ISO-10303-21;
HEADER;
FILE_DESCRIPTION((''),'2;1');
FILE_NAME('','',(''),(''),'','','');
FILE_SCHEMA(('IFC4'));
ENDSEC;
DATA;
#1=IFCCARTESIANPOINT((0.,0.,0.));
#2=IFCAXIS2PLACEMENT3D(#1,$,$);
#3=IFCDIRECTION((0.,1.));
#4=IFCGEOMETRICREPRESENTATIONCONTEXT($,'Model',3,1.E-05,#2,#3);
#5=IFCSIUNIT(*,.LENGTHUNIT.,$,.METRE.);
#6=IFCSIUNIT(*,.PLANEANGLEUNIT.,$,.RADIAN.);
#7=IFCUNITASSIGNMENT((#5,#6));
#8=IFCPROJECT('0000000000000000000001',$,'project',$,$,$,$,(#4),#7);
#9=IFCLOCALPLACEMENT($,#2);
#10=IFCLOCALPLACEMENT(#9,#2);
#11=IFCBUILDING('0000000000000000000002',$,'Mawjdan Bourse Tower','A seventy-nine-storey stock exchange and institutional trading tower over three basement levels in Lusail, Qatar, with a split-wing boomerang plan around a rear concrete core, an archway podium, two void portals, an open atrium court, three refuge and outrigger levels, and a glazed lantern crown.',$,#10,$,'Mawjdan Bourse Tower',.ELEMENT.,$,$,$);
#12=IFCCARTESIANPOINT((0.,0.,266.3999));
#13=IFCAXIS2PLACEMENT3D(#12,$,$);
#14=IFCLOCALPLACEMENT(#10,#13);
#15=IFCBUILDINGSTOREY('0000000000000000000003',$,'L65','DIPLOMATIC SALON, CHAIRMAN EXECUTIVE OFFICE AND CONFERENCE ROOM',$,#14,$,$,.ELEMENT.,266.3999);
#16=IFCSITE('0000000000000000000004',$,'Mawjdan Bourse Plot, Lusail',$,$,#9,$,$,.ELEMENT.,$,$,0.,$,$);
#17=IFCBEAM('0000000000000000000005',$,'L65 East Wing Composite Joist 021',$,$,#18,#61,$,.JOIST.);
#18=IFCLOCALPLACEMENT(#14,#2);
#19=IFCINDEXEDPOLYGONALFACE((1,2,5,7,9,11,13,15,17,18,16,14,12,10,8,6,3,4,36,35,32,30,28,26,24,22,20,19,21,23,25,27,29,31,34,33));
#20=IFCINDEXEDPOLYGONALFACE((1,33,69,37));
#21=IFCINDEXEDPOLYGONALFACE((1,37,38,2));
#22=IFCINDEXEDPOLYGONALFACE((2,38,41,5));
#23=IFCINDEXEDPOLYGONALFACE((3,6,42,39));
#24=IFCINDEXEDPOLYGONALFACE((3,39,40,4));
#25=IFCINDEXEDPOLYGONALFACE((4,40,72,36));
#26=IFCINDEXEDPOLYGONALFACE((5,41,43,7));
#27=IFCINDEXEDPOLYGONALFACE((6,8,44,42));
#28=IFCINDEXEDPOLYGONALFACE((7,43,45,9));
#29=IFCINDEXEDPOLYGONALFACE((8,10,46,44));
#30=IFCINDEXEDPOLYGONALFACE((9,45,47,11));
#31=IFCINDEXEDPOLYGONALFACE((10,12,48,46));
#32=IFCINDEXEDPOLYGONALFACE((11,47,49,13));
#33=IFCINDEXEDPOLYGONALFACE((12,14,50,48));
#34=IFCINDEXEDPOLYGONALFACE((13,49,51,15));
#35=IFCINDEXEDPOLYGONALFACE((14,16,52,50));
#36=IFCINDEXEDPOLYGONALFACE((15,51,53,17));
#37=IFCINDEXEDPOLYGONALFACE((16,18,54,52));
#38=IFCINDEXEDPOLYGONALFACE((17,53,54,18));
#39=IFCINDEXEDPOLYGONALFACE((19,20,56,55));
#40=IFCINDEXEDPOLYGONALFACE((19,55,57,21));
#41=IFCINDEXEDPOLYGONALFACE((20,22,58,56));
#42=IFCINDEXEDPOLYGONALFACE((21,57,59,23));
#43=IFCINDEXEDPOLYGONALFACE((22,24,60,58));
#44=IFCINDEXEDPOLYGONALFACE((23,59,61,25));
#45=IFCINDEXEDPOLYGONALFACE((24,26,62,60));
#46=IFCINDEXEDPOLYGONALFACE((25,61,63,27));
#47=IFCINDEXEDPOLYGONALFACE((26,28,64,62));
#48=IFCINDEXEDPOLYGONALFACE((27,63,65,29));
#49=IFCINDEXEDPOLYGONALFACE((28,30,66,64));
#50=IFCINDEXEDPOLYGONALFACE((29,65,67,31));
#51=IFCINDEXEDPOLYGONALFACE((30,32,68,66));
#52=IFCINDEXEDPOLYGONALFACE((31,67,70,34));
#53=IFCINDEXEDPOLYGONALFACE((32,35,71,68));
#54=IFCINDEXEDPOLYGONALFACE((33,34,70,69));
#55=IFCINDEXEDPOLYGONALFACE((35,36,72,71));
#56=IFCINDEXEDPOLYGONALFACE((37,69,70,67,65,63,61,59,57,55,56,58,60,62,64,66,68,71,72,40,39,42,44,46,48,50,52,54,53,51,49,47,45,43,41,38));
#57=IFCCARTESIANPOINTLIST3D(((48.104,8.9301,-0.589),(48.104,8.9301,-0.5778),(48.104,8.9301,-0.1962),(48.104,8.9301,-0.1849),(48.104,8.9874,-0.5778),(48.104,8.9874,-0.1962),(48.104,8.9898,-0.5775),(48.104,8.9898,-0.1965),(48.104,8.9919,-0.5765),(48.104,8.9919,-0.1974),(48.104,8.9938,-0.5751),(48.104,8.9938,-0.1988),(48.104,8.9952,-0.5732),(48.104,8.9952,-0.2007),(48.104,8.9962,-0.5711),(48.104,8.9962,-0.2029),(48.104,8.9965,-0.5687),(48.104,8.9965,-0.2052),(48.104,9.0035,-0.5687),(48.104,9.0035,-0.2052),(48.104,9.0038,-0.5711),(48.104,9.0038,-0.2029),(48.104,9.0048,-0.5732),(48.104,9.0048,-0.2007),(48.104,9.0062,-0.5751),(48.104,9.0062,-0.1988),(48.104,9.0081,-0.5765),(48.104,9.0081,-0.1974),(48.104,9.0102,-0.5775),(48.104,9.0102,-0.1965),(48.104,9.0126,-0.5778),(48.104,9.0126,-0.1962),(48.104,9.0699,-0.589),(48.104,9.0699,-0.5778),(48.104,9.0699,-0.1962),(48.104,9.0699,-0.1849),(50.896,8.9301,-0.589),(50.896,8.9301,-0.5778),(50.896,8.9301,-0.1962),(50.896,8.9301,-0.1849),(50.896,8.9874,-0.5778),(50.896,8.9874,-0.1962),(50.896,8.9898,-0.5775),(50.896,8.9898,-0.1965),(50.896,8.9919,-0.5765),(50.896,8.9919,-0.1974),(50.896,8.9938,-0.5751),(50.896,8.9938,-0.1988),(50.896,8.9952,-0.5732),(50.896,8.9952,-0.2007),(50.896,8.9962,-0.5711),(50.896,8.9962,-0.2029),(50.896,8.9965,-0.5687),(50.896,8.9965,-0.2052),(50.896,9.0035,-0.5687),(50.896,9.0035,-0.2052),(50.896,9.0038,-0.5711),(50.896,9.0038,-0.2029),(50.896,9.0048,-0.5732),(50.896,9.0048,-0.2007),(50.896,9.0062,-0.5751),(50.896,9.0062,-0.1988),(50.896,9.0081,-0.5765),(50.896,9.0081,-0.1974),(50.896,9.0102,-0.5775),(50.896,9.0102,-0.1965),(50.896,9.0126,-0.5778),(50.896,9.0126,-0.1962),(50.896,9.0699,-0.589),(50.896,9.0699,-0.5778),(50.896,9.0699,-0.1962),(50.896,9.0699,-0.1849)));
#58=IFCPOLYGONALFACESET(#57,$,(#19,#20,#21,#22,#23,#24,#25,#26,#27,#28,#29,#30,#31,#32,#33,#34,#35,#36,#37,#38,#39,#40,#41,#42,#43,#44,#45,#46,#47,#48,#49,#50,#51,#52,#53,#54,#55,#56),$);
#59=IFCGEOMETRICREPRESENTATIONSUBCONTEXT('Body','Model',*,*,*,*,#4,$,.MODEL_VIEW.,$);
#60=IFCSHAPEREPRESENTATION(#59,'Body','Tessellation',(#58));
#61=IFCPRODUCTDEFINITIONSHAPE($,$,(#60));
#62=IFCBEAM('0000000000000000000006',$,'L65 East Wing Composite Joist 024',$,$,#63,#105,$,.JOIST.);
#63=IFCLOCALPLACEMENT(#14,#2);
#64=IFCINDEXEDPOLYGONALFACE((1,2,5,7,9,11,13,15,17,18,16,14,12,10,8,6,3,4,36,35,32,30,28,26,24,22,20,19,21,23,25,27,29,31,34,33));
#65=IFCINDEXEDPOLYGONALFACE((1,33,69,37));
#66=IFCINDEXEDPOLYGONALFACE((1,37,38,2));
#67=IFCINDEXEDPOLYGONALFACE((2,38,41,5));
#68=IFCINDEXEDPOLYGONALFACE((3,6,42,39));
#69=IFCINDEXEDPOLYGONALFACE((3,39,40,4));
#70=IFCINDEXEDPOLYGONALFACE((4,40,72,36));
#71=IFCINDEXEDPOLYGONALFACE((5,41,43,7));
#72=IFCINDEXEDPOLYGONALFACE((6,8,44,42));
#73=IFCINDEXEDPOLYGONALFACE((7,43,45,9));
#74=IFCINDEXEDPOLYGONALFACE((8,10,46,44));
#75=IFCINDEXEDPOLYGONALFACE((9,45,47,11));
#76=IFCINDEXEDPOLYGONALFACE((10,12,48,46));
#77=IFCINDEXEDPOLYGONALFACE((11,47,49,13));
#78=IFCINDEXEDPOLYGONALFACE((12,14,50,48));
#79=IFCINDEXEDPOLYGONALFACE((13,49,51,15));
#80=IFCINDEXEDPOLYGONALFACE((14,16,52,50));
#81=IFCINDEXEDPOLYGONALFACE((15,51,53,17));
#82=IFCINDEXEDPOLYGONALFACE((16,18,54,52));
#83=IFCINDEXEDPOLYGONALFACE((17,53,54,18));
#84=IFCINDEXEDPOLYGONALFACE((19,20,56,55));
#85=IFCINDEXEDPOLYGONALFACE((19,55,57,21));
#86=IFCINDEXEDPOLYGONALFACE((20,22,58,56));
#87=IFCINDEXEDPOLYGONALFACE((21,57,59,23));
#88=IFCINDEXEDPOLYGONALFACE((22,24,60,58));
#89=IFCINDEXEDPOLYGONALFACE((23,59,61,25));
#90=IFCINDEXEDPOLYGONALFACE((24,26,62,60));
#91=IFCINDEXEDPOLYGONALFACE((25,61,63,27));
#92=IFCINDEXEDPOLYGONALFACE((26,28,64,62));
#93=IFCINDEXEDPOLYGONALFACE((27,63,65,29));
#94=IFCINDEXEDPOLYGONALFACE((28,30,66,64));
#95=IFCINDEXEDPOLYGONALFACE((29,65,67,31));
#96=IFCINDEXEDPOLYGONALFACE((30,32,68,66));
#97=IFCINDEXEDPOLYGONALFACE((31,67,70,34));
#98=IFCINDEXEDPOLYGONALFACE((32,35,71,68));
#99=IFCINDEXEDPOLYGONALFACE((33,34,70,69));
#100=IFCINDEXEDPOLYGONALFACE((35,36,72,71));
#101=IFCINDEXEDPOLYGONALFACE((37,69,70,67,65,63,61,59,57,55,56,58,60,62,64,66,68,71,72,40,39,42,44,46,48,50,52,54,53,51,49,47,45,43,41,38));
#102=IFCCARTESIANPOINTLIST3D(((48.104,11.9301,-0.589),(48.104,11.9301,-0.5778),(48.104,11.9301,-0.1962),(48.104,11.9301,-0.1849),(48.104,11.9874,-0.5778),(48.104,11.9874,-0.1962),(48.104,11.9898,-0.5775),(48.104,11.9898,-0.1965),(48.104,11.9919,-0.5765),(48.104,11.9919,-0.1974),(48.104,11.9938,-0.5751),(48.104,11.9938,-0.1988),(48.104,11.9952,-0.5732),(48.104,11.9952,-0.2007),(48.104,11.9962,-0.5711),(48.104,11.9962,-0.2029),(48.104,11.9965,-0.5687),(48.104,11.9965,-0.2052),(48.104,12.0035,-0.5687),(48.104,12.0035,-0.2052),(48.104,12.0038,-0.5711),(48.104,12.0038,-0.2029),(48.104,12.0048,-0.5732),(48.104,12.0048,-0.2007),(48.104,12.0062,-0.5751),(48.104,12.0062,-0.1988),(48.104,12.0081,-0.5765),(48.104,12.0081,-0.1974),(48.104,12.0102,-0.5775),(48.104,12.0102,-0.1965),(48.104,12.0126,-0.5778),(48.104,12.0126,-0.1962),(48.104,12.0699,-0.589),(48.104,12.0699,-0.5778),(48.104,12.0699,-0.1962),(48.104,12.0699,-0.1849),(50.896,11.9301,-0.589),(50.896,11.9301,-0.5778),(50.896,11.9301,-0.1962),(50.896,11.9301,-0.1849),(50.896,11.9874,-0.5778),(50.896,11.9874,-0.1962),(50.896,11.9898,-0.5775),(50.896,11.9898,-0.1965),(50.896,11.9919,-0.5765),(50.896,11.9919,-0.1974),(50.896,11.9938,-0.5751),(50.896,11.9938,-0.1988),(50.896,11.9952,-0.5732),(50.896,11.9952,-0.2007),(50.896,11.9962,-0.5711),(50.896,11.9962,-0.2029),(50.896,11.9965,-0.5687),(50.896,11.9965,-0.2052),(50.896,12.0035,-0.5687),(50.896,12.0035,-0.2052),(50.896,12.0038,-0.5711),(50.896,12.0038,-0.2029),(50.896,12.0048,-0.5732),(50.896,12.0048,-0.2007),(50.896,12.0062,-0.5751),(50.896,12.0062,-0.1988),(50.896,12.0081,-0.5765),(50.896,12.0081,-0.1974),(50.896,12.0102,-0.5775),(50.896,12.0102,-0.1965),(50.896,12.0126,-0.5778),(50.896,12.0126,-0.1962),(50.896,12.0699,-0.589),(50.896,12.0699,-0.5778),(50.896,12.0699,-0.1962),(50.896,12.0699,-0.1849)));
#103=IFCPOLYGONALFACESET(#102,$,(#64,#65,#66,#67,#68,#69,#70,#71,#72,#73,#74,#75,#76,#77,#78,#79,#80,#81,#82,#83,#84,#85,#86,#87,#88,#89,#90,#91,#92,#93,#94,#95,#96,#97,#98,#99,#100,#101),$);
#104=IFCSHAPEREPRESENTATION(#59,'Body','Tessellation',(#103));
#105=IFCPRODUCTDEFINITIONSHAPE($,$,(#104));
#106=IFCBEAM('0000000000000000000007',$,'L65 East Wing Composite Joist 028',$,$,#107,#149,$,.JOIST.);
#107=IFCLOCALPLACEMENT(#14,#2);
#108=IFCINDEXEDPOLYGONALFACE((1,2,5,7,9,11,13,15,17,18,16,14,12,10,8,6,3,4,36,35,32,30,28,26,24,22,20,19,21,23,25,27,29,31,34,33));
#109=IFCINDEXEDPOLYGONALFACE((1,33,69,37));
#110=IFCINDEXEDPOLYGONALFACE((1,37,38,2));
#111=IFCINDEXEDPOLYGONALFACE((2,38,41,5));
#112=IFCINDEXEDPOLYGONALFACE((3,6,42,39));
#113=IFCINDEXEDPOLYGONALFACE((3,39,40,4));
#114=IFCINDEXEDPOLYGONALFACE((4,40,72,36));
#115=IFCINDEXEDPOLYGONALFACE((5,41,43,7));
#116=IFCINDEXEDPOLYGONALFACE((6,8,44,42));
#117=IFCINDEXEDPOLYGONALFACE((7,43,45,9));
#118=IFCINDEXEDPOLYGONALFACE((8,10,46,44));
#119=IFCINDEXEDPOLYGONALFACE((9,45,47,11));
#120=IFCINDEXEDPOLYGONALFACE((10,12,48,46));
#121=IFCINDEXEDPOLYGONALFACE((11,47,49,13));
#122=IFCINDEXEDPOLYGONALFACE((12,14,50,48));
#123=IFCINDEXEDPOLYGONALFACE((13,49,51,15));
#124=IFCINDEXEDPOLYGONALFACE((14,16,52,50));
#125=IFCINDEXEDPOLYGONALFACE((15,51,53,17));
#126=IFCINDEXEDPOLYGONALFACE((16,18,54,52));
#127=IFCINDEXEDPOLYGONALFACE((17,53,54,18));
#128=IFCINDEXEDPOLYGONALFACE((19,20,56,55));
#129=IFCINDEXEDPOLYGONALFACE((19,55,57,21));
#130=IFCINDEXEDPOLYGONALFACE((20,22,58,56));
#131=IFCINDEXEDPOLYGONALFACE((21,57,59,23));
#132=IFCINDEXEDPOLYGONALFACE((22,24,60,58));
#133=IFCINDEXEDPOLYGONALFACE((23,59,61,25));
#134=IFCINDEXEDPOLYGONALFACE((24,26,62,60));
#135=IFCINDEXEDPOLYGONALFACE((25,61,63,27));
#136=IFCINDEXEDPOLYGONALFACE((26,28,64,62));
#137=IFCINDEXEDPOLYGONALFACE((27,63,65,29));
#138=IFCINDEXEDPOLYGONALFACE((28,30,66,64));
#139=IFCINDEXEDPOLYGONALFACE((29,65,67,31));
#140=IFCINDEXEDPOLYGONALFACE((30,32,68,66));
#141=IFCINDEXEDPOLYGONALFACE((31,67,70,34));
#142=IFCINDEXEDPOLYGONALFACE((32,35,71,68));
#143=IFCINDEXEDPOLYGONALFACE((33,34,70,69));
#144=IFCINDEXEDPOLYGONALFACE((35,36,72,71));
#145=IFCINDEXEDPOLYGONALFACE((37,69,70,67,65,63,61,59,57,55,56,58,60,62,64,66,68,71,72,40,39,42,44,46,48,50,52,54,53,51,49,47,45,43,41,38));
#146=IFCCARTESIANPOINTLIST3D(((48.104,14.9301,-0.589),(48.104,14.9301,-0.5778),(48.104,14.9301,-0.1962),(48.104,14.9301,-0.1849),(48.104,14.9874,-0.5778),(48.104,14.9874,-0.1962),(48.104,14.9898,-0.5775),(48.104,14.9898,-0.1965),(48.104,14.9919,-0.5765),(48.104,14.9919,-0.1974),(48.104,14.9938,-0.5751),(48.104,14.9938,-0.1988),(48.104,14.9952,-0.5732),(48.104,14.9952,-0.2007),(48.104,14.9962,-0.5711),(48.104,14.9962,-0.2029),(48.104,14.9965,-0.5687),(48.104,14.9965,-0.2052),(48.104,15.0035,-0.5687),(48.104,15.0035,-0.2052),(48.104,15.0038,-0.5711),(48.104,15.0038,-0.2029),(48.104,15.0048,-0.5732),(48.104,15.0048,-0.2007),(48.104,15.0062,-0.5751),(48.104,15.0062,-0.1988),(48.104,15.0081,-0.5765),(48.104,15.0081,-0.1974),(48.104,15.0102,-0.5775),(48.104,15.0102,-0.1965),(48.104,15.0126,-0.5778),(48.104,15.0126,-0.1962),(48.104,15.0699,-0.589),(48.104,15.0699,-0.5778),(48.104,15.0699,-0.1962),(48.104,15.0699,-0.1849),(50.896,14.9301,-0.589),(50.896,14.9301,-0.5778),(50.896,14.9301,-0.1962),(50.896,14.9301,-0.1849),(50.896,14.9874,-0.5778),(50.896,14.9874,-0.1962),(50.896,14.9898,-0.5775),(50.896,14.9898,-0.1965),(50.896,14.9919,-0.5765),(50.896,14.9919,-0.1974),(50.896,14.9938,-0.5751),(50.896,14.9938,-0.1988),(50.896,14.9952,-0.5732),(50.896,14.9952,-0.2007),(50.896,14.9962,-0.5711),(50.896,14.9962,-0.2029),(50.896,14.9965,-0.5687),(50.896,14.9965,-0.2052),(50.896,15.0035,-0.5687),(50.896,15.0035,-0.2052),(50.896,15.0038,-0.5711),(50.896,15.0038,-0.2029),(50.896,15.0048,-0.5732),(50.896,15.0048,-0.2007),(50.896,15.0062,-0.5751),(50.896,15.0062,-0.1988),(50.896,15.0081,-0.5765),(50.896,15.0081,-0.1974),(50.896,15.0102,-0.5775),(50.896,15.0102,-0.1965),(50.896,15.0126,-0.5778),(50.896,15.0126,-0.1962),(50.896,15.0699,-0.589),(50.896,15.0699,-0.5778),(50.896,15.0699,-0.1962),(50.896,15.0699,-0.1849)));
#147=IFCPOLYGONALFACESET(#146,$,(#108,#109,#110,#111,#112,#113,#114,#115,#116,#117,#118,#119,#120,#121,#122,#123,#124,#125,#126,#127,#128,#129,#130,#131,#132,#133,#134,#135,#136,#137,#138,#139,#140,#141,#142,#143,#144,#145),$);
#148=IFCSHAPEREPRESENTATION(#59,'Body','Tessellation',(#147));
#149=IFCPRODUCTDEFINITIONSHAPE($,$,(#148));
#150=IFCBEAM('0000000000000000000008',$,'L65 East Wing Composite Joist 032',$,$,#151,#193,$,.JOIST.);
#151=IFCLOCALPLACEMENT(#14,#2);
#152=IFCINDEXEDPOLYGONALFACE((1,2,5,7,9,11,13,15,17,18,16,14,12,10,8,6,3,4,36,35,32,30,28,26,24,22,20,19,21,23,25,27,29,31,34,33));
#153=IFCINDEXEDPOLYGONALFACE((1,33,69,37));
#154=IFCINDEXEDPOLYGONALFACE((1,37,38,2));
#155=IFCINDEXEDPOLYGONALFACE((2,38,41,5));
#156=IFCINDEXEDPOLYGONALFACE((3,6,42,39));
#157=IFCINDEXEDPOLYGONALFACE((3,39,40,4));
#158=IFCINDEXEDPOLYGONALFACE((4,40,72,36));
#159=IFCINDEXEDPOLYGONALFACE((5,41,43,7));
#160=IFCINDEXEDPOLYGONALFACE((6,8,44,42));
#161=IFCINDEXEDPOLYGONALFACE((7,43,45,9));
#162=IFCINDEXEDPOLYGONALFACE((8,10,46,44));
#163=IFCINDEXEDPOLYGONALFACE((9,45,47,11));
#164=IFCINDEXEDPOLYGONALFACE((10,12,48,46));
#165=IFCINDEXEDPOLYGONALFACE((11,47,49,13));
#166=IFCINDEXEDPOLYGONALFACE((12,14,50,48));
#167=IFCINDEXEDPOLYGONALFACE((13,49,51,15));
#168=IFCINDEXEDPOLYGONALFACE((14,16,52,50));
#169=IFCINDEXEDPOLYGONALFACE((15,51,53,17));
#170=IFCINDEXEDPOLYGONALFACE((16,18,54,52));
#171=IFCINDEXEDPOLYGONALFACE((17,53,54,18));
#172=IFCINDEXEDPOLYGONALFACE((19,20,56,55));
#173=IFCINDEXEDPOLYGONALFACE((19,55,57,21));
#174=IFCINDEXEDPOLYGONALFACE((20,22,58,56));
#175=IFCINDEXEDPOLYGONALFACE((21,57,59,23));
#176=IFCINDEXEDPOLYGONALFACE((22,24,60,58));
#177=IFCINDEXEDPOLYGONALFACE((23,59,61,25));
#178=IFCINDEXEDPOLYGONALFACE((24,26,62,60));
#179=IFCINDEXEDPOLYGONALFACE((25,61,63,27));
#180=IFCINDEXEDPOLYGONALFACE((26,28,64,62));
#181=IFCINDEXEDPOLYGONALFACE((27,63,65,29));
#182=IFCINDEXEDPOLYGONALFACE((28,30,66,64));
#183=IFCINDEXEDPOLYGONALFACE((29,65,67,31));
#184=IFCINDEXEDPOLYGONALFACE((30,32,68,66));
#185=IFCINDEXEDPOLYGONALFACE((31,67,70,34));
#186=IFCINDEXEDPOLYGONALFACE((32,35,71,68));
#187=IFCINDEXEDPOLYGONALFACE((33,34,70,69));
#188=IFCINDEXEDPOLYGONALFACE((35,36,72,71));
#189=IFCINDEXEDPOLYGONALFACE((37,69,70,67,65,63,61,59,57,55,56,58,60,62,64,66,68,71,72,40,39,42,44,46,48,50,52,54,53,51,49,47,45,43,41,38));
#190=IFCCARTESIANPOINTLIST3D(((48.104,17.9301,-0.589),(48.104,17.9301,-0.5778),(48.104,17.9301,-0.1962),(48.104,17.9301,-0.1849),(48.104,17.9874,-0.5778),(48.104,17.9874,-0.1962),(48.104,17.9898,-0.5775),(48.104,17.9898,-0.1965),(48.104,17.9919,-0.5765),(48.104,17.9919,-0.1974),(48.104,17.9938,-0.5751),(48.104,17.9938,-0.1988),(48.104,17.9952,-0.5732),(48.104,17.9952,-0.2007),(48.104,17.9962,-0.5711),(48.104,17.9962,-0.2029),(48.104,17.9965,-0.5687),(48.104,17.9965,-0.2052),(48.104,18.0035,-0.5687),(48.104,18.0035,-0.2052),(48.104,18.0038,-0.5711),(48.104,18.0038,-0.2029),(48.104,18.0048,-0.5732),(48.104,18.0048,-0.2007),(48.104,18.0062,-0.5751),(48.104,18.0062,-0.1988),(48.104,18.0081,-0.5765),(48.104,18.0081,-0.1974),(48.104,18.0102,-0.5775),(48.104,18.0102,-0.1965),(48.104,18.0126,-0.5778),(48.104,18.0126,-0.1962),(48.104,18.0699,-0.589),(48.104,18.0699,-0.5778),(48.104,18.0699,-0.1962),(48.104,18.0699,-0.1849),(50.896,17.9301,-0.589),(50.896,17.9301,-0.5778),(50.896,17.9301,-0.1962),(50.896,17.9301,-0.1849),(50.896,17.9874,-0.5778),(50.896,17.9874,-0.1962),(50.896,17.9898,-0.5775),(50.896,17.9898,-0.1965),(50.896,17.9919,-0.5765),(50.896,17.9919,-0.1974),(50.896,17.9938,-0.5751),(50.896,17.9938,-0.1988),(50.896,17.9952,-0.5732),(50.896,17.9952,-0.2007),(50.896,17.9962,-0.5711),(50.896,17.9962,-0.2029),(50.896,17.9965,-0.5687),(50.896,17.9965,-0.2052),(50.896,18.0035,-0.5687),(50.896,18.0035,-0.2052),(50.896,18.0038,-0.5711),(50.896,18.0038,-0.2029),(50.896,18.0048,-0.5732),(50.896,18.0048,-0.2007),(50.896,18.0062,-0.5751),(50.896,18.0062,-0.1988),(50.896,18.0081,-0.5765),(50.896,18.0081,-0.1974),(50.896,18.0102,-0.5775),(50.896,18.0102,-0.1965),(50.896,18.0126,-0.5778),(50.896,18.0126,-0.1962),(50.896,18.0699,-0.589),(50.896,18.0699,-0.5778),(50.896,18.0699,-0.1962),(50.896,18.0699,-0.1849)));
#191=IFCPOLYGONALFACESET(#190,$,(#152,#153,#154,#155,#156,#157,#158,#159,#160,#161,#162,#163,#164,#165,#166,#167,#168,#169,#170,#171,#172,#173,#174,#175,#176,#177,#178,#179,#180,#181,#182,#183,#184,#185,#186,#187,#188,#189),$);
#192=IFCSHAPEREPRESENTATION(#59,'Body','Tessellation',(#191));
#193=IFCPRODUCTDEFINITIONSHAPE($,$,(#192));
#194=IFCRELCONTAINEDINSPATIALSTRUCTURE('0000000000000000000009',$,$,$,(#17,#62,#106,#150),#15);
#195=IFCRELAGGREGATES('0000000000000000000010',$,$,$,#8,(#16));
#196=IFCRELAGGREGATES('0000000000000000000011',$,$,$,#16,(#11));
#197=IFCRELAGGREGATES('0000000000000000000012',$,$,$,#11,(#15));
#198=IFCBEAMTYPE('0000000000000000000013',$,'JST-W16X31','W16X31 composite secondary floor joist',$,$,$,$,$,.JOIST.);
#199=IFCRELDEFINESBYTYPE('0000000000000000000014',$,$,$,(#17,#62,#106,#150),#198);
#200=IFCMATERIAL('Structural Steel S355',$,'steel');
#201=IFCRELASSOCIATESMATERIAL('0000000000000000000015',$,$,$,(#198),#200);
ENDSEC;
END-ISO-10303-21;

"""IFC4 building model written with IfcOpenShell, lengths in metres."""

from ifc_helpers import new_model, si_unit, direction, frame, origin, origin_2d, place, context, subcontext, project, spatial, i_section, extrude, material, material_profile, profile_set, type_object, element, save


model = new_model("IFC4")

# Units and contexts
model_context = context("Model", 3, precision=1e-05, world=origin(), true_north=direction((0.0, 1.0)))
body_context = subcontext(model_context, "Body", "Model", "MODEL_VIEW")
ifc_project = project(units=[si_unit("LENGTHUNIT", "METRE"), si_unit("PLANEANGLEUNIT", "RADIAN")], contexts=[model_context])

# Site, building, storey
site_placement = place(None, origin())
site = spatial("IfcSite", under=ifc_project, at=site_placement, Name="Mawjdan Bourse Plot, Lusail", CompositionType="ELEMENT", RefElevation=0.0)
building_placement = place(site_placement, origin())
building = spatial("IfcBuilding", under=site, at=building_placement, Name="Mawjdan Bourse Tower", Description="A seventy-nine-storey stock exchange and institutional trading tower over three basement levels in Lusail, Qatar, with a split-wing boomerang plan around a rear concrete core, an archway podium, two void portals, an open atrium court, three refuge and outrigger levels, and a glazed lantern crown.", LongName="Mawjdan Bourse Tower", CompositionType="ELEMENT")
storey_placement = place(building_placement, frame((0.0, 0.0, 266.3999)))
storey = spatial("IfcBuildingStorey", under=building, at=storey_placement, Name="L65", Description="DIPLOMATIC SALON, CHAIRMAN EXECUTIVE OFFICE AND CONFERENCE ROOM", CompositionType="ELEMENT", Elevation=266.3999)

# Beams
ifc_material_1 = material(Name="Structural Steel S355", Category="steel")
ifc_material_profile_1 = material_profile(ifc_material_1, i_section(OverallWidth=0.1399, OverallDepth=0.4041, WebThickness=0.0071, FlangeThickness=0.0112, FilletRadius=0.009, at=origin_2d()), Name="W16X31")
ifc_profile_set_1 = profile_set([ifc_material_profile_1], Name="Structural Steel S355")
beam_type_1 = type_object("IfcBeamType", Name="JST-W16X31", Description="W16X31 composite secondary floor joist", PredefinedType="JOIST", material=ifc_profile_set_1)
for number, where, z_axis, x_axis, name in (
    (1, (48.104, 9.0, -0.387), (1.0, 0.0, 0.0), (0.0, 1.0, 0.0), "L65 East Wing Composite Joist 021"),
    (2, (48.104, 12.0, -0.387), (1.0, 0.0, 0.0), (0.0, 1.0, 0.0), "L65 East Wing Composite Joist 024"),
    (3, (48.104, 15.0, -0.387), (1.0, 0.0, 0.0), (0.0, 1.0, 0.0), "L65 East Wing Composite Joist 028"),
    (4, (48.104, 18.0, -0.387), (1.0, 0.0, 0.0), (0.0, 1.0, 0.0), "L65 East Wing Composite Joist 032"),
):
    element("IfcBeam", number, at=place(storey_placement, frame(where, z_axis=z_axis, x_axis=x_axis)), inside=storey, type_object=beam_type_1, Name=name, PredefinedType="JOIST", context=body_context, shape_type="SweptSolid", body=[
        extrude(i_section(OverallWidth=0.1399, OverallDepth=0.4041, WebThickness=0.0071, FlangeThickness=0.0112, FilletRadius=0.009, at=origin_2d()), origin(), (0.0, 0.0, 1.0), 2.792),
    ])

save(model, "model.ifc")
